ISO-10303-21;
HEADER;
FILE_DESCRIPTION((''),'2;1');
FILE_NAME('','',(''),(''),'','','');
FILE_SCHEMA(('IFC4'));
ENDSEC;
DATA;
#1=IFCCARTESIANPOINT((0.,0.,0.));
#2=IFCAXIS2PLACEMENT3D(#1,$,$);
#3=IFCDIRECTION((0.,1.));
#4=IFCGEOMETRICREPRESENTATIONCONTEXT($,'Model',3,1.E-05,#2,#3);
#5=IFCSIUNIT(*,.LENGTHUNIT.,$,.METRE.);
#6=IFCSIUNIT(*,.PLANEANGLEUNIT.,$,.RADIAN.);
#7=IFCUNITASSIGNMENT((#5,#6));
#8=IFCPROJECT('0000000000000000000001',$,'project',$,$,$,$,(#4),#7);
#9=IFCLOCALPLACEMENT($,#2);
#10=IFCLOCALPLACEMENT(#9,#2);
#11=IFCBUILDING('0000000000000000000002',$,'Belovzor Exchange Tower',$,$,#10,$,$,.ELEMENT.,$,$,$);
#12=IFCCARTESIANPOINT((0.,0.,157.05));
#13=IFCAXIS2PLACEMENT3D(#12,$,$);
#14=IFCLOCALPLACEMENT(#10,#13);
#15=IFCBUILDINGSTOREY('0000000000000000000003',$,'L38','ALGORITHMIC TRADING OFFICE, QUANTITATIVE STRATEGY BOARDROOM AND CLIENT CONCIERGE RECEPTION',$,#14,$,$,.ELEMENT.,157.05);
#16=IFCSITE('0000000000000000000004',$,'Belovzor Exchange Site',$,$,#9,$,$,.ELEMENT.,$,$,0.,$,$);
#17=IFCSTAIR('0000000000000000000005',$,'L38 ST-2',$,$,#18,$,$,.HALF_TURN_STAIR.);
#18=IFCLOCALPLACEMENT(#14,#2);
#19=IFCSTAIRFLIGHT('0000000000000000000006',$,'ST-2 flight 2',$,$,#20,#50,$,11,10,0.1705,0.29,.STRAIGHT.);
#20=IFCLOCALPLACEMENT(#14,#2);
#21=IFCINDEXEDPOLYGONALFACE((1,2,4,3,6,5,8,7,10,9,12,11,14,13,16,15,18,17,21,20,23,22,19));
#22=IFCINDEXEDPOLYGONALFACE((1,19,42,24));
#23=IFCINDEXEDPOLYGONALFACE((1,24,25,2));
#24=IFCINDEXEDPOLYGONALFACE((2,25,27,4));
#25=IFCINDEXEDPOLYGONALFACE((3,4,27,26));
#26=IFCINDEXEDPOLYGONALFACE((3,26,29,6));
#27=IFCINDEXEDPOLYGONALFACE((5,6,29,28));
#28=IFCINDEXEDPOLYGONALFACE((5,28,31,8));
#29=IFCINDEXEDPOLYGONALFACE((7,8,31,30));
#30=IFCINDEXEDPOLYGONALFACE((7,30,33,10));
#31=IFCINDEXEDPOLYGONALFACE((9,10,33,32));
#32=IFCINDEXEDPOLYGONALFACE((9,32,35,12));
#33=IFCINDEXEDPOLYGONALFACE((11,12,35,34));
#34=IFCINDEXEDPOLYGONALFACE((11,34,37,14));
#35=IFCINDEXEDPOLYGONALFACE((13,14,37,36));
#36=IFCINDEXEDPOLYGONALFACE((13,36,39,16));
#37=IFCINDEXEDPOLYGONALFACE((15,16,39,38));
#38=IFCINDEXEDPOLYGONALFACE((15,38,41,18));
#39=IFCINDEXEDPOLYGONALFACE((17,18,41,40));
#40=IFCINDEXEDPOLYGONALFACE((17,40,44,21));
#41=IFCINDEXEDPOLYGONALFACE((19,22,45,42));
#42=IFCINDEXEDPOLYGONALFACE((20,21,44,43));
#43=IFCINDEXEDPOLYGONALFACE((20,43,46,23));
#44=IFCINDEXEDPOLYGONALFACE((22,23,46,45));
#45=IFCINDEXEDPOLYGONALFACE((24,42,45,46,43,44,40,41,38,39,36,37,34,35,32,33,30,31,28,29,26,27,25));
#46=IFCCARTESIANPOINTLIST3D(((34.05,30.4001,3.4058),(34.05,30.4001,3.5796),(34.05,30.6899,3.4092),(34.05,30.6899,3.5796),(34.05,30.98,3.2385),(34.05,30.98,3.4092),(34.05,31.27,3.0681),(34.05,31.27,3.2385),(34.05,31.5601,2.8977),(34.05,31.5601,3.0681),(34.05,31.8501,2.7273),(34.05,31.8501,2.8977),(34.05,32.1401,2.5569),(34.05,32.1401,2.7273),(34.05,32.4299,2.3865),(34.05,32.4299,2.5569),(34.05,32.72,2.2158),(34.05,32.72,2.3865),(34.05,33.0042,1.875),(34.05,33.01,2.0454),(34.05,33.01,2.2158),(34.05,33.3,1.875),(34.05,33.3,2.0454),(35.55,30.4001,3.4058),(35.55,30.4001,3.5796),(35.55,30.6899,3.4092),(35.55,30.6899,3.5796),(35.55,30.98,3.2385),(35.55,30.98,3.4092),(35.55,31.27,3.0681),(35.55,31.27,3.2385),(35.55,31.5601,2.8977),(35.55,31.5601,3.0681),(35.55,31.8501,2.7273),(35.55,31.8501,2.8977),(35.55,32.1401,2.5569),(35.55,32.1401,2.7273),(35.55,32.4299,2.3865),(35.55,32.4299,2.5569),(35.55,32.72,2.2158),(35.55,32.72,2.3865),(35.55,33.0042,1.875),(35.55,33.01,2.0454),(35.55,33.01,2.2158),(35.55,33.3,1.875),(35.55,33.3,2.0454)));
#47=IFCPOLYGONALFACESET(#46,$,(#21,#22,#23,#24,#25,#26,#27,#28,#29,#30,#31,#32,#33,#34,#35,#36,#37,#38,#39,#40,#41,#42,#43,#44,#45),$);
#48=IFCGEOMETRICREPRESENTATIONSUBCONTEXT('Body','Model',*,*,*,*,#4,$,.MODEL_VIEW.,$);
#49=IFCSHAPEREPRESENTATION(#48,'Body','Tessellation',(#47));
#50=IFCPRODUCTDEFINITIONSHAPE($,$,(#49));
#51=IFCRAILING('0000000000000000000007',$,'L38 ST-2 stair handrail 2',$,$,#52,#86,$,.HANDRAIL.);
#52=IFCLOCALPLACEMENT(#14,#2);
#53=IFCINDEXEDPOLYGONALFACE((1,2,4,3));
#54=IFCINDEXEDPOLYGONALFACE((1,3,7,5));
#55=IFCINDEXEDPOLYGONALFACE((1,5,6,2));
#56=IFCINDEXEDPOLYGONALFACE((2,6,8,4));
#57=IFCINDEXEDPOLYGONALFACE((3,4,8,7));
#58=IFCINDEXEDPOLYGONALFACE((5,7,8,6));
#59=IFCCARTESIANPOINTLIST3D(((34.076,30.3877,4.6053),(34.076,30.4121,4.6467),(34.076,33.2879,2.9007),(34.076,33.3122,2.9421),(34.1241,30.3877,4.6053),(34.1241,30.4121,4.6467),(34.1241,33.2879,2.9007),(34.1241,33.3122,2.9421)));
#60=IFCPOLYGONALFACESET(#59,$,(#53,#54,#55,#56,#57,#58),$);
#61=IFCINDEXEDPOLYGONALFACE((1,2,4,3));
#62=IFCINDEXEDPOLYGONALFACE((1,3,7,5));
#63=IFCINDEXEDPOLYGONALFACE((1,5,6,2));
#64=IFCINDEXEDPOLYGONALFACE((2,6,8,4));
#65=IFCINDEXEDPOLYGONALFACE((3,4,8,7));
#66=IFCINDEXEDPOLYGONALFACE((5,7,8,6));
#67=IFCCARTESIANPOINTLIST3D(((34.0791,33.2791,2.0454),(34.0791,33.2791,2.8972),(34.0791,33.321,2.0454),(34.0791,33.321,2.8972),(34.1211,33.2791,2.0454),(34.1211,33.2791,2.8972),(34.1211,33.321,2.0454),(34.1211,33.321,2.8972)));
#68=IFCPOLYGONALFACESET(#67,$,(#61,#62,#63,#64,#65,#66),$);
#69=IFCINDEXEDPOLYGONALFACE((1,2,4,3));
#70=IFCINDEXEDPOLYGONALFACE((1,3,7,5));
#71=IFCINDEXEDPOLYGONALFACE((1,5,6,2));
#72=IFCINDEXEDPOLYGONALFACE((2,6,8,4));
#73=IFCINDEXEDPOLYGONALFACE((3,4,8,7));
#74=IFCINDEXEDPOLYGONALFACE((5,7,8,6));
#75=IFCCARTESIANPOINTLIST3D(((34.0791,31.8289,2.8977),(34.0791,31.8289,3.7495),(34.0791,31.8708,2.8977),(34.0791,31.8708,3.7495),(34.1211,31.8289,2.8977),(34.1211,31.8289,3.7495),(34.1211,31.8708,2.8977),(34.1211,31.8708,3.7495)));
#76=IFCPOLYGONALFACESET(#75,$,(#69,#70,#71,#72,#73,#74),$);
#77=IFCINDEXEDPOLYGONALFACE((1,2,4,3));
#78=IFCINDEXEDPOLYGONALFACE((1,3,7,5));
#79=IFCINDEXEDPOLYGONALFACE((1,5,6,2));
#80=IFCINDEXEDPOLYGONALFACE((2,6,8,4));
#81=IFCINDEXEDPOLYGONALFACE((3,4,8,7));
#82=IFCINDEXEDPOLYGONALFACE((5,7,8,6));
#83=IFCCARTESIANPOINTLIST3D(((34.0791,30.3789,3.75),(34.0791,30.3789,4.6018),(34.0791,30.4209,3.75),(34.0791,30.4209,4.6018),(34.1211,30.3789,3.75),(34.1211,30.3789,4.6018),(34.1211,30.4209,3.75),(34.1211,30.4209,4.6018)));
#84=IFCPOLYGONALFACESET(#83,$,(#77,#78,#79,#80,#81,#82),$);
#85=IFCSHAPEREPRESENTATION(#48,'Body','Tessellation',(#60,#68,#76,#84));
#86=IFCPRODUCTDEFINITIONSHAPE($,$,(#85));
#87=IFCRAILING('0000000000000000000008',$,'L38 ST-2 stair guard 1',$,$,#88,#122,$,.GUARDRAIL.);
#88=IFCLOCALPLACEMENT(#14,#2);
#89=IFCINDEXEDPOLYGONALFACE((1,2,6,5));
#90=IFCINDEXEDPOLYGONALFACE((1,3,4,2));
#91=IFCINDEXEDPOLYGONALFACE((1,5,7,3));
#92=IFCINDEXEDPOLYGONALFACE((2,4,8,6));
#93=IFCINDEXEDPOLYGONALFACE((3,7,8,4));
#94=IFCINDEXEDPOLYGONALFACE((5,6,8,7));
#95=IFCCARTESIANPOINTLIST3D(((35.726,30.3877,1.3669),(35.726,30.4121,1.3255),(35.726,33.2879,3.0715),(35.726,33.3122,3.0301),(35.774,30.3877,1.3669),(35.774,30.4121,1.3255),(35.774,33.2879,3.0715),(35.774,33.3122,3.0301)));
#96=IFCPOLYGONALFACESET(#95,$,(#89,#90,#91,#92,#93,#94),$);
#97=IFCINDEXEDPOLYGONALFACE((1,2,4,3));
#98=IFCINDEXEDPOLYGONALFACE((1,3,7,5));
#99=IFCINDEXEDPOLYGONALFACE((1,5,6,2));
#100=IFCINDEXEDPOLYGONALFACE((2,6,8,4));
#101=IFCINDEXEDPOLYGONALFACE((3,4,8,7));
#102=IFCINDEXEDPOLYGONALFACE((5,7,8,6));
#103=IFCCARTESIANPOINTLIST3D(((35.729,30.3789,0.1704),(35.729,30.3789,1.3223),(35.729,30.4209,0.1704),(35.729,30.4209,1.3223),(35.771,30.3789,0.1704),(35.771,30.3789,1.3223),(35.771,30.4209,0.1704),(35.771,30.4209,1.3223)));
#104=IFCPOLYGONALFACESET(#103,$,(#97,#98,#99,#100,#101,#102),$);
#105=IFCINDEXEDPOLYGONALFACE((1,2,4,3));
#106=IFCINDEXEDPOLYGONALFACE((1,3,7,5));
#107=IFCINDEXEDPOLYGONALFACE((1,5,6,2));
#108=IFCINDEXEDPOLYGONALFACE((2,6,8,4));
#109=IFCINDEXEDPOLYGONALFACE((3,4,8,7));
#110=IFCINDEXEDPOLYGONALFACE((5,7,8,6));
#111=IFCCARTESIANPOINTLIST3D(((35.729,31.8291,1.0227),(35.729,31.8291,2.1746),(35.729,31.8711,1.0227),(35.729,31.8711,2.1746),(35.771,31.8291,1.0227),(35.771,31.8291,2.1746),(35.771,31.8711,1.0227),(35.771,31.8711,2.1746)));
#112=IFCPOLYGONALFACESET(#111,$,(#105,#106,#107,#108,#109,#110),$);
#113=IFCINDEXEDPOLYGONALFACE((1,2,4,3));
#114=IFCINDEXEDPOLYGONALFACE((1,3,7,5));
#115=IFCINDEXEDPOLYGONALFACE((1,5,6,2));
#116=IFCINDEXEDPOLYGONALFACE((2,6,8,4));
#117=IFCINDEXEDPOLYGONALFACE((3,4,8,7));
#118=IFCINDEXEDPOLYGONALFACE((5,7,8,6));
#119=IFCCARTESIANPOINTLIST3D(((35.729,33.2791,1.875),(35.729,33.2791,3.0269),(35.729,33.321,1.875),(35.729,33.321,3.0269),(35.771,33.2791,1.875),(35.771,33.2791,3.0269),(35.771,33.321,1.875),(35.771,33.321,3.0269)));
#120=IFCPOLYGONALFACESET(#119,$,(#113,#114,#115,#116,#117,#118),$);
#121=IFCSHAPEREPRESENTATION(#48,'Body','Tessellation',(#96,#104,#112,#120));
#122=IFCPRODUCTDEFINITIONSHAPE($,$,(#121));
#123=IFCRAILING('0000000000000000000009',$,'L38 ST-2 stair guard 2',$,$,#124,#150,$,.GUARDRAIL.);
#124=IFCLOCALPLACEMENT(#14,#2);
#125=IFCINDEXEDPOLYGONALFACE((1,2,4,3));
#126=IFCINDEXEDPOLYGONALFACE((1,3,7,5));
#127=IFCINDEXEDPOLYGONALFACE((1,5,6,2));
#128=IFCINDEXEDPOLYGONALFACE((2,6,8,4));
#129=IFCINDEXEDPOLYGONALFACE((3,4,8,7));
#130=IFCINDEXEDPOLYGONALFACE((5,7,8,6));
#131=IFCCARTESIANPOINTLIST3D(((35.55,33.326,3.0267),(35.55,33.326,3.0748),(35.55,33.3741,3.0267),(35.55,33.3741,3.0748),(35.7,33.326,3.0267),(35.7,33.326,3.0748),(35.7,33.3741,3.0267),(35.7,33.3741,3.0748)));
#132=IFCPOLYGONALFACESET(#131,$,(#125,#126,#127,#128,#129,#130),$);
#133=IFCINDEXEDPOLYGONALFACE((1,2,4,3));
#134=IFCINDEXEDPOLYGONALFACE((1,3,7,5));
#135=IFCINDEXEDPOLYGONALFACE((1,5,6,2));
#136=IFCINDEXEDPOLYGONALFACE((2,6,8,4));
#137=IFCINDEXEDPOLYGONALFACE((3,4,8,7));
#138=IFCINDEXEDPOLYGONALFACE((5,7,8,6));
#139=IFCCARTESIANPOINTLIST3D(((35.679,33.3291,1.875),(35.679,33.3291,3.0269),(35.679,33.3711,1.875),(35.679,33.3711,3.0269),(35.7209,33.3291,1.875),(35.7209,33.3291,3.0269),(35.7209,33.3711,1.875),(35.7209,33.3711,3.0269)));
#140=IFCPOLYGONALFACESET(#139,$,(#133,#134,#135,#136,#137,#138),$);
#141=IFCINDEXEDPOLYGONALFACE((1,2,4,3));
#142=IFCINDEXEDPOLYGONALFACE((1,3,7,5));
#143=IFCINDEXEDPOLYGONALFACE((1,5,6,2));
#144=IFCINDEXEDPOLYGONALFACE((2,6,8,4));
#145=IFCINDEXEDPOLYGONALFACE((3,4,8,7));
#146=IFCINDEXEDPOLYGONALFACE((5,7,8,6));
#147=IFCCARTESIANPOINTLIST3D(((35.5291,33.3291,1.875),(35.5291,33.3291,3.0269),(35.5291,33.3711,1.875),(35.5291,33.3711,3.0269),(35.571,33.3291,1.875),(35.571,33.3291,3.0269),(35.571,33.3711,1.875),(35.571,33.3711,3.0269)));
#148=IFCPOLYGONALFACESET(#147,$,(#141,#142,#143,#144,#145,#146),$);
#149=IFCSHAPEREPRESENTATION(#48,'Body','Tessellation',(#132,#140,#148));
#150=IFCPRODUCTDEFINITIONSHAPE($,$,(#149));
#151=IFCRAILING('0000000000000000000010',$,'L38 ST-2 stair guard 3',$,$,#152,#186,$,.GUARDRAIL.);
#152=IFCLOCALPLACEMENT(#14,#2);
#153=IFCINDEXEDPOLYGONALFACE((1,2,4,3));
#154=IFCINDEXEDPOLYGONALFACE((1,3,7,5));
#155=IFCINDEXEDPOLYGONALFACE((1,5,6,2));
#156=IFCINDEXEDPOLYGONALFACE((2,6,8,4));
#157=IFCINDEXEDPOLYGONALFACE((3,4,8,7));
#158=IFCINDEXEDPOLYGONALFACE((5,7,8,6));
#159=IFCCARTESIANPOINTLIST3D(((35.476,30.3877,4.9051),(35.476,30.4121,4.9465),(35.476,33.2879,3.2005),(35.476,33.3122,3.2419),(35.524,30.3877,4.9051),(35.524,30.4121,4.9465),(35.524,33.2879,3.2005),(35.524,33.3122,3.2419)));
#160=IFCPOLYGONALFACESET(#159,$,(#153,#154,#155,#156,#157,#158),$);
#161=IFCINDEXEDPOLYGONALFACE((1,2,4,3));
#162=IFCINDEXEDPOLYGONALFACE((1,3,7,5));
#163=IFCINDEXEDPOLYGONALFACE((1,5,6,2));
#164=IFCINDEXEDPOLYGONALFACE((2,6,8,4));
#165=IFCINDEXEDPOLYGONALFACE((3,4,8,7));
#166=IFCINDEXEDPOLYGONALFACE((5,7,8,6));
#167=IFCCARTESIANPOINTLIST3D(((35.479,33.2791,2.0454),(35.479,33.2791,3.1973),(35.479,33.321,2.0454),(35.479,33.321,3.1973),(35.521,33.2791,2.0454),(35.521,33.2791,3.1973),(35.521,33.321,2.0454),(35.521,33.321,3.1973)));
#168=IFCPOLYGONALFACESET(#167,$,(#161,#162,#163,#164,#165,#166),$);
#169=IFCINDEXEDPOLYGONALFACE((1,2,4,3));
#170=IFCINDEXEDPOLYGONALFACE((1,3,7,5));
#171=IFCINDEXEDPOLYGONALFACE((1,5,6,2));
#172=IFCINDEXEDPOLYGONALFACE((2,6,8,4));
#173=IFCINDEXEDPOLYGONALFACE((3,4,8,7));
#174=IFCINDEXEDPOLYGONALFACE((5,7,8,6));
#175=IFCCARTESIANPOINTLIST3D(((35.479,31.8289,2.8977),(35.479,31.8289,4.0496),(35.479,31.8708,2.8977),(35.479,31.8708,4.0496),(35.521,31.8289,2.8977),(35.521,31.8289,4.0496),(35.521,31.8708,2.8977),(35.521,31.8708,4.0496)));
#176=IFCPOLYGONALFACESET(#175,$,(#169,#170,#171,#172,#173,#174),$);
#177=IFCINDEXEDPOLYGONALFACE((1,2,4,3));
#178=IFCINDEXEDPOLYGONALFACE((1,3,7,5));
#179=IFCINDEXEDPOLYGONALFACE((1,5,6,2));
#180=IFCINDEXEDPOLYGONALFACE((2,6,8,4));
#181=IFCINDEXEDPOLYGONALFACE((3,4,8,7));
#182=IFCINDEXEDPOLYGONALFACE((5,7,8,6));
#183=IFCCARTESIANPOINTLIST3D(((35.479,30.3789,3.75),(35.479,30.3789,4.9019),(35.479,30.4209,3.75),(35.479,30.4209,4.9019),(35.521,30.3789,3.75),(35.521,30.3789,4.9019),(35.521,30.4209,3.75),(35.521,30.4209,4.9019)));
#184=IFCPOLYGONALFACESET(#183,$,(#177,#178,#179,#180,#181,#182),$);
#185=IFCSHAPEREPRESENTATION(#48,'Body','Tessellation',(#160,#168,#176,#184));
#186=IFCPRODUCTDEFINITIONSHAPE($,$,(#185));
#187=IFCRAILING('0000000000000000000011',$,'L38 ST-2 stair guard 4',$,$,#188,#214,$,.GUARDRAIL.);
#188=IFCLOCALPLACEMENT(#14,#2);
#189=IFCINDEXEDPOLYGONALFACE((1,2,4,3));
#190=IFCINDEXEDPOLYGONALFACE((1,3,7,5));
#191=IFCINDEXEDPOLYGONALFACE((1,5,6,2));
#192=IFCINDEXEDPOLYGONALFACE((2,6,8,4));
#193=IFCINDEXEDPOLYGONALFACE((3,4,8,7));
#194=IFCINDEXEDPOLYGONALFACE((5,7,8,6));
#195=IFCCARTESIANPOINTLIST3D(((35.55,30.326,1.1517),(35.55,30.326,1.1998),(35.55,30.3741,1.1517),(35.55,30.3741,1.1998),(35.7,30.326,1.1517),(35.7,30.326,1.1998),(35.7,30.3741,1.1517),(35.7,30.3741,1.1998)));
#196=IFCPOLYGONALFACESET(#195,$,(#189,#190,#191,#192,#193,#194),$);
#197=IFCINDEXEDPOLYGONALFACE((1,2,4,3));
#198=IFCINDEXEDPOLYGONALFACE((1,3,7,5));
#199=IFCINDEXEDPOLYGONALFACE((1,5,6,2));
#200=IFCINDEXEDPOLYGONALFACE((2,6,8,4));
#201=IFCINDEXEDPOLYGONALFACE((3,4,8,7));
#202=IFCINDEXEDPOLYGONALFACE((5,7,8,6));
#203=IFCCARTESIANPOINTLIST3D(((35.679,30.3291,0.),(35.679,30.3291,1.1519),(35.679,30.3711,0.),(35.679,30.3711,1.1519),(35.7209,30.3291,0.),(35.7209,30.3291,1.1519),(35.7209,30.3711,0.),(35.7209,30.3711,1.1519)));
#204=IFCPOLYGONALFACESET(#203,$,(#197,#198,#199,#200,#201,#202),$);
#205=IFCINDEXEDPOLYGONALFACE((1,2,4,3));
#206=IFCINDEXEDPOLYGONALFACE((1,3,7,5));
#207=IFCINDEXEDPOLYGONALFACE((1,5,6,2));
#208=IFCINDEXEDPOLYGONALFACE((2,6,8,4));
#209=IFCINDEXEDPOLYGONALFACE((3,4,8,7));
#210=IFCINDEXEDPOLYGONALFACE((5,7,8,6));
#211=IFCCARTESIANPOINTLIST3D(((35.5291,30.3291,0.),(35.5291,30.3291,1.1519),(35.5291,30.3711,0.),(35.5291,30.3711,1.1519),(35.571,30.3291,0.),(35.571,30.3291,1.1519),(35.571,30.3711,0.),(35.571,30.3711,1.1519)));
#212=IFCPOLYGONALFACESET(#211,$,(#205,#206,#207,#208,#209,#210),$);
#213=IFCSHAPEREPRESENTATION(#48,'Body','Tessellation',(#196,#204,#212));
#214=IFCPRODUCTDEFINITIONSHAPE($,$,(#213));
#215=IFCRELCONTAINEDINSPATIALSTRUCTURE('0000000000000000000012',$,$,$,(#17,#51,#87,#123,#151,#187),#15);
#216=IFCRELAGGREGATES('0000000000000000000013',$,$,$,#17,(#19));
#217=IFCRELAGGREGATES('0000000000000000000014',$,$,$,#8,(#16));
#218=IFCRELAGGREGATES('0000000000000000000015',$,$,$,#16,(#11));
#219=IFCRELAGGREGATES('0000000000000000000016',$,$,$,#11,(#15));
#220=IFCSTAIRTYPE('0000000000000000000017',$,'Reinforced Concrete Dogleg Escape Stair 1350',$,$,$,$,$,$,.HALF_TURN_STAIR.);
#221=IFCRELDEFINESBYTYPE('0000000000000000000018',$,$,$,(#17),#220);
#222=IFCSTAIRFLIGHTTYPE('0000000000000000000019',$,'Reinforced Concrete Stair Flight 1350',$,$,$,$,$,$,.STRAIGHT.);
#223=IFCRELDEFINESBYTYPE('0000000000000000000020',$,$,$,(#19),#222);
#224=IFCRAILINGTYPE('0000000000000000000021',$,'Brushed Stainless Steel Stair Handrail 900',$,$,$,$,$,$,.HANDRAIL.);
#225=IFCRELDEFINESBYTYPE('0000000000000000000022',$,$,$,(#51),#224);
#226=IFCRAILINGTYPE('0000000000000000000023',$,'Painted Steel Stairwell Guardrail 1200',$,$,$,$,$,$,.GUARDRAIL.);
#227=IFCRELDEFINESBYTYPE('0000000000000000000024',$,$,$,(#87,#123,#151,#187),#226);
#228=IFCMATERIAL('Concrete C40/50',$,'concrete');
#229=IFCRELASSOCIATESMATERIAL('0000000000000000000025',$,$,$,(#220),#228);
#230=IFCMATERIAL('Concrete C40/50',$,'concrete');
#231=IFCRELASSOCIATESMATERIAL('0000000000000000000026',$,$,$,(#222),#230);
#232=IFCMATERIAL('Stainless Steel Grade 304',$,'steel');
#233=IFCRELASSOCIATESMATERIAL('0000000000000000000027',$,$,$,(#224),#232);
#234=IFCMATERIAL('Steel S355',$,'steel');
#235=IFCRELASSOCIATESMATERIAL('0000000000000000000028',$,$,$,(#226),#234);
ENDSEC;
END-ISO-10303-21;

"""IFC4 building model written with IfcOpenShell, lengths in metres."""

from ifc_helpers import new_model, si_unit, direction, frame, origin, origin_2d, place, context, subcontext, project, spatial, polyline, rectangle, outline, extrude, material, type_object, element, aggregate, save


model = new_model("IFC4")

# Units and contexts
model_context = context("Model", 3, precision=1e-05, world=origin(), true_north=direction((0.0, 1.0)))
body_context = subcontext(model_context, "Body", "Model", "MODEL_VIEW")
ifc_project = project(units=[si_unit("LENGTHUNIT", "METRE"), si_unit("PLANEANGLEUNIT", "RADIAN")], contexts=[model_context])

# Site, building, storey
site_placement = place(None, origin())
site = spatial("IfcSite", under=ifc_project, at=site_placement, Name="Belovzor Exchange Site", CompositionType="ELEMENT", RefElevation=0.0)
building_placement = place(site_placement, origin())
building = spatial("IfcBuilding", under=site, at=building_placement, Name="Belovzor Exchange Tower", CompositionType="ELEMENT")
storey_placement = place(building_placement, frame((0.0, 0.0, 157.05)))
storey = spatial("IfcBuildingStorey", under=building, at=storey_placement, Name="L38", Description="ALGORITHMIC TRADING OFFICE, QUANTITATIVE STRATEGY BOARDROOM AND CLIENT CONCIERGE RECEPTION", CompositionType="ELEMENT", Elevation=157.05)

# Stair, stair flight
ifc_material_1 = material(Name="Concrete C40/50", Category="concrete")
stair_type = type_object("IfcStairType", Name="Reinforced Concrete Dogleg Escape Stair 1350", PredefinedType="HALF_TURN_STAIR", material=ifc_material_1)
stair_placement = place(storey_placement, origin())
stair = element("IfcStair", 1, at=stair_placement, inside=storey, type_object=stair_type, Name="L38 ST-2", PredefinedType="HALF_TURN_STAIR")
ifc_material_2 = material(Name="Concrete C40/50", Category="concrete")
stair_flight_type = type_object("IfcStairFlightType", Name="Reinforced Concrete Stair Flight 1350", PredefinedType="STRAIGHT", material=ifc_material_2)
stair_flight_placement = place(storey_placement, frame((34.8, 33.3, 1.875), z_axis=(0.0, 0.0, 1.0), x_axis=(0.0, -1.0, 0.0)))
stair_flight = element("IfcStairFlight", 2, at=stair_flight_placement, type_object=stair_flight_type, Name="ST-2 flight 2", NumberOfRisers=11, NumberOfTreads=10, PredefinedType="STRAIGHT", RiserHeight=0.1705, TreadLength=0.29, context=body_context, shape_type="SweptSolid", body=[
    extrude(outline(polyline([(0.0, 0.0), (0.0, 0.1704), (0.29, 0.1704), (0.29, 0.3408), (0.5801, 0.3408), (0.5801, 0.5115), (0.8701, 0.5115), (0.8701, 0.6819), (1.1599, 0.6819), (1.1599, 0.8523), (1.45, 0.8523), (1.45, 1.0227), (1.74, 1.0227), (1.74, 1.1931), (2.03, 1.1931), (2.03, 1.3635), (2.3201, 1.3635), (2.3201, 1.5342), (2.6101, 1.5342), (2.6101, 1.7046), (2.8999, 1.7046), (2.8999, 1.875), (2.8999, 1.5308), (0.2959, 0.0), (0.0, 0.0)])), frame((0.0, 0.75, 0.0), z_axis=(0.0, -1.0, 0.0), x_axis=(1.0, 0.0, 0.0)), (0.0, 0.0, 1.0), 1.5),
])
aggregate(stair, [stair_flight])

# Railings
ifc_material_3 = material(Name="Stainless Steel Grade 304", Category="steel")
railing_type_1 = type_object("IfcRailingType", Name="Brushed Stainless Steel Stair Handrail 900", PredefinedType="HANDRAIL", material=ifc_material_3)
railing_1_placement = place(storey_placement, frame((34.1001, 33.3, 2.0454)))
element("IfcRailing", 3, at=railing_1_placement, inside=storey, type_object=railing_type_1, Name="L38 ST-2 stair handrail 2", PredefinedType="HANDRAIL", context=body_context, shape_type="SweptSolid", body=[
    extrude(rectangle(XDim=0.0481, YDim=0.0481, at=origin_2d()), frame((0.0, 0.0, 0.876), z_axis=(0.0, -0.862113, 0.506716), x_axis=(1.0, 0.0, 0.0)), (0.0, 0.0, 1.0), 3.364),
    extrude(rectangle(XDim=0.042, YDim=0.042, at=origin_2d()), origin(), (0.0, 0.0, 1.0), 0.8518),
    extrude(rectangle(XDim=0.042, YDim=0.042, at=origin_2d()), frame((0.0, -1.4502, 0.8523)), (0.0, 0.0, 1.0), 0.8518),
    extrude(rectangle(XDim=0.042, YDim=0.042, at=origin_2d()), frame((0.0, -2.9001, 1.7046)), (0.0, 0.0, 1.0), 0.8518),
])
ifc_material_4 = material(Name="Steel S355", Category="steel")
railing_type_2 = type_object("IfcRailingType", Name="Painted Steel Stairwell Guardrail 1200", PredefinedType="GUARDRAIL", material=ifc_material_4)
railing_2_placement = place(storey_placement, frame((35.75, 30.3999, 0.1704)))
element("IfcRailing", 4, at=railing_2_placement, inside=storey, type_object=railing_type_2, Name="L38 ST-2 stair guard 1", PredefinedType="GUARDRAIL", context=body_context, shape_type="SweptSolid", body=[
    extrude(rectangle(XDim=0.0481, YDim=0.0481, at=origin_2d()), frame((0.0, 0.0, 1.1758), z_axis=(0.0, 0.862113, 0.506716), x_axis=(-1.0, 0.0, 0.0)), (0.0, 0.0, 1.0), 3.364),
    extrude(rectangle(XDim=0.042, YDim=0.042, at=origin_2d()), origin(), (0.0, 0.0, 1.0), 1.1519),
    extrude(rectangle(XDim=0.042, YDim=0.042, at=origin_2d()), frame((0.0, 1.4502, 0.8523)), (0.0, 0.0, 1.0), 1.1519),
    extrude(rectangle(XDim=0.042, YDim=0.042, at=origin_2d()), frame((0.0, 2.9001, 1.7046)), (0.0, 0.0, 1.0), 1.1519),
])
railing_3_placement = place(storey_placement, frame((35.7, 33.3501, 1.875)))
element("IfcRailing", 5, at=railing_3_placement, inside=storey, type_object=railing_type_2, Name="L38 ST-2 stair guard 2", PredefinedType="GUARDRAIL", context=body_context, shape_type="SweptSolid", body=[
    extrude(rectangle(XDim=0.0481, YDim=0.0481, at=origin_2d()), frame((0.0, 0.0, 1.1758), z_axis=(-1.0, 0.0, 0.0), x_axis=(0.0, -1.0, 0.0)), (0.0, 0.0, 1.0), 0.1499),
    extrude(rectangle(XDim=0.042, YDim=0.042, at=origin_2d()), origin(), (0.0, 0.0, 1.0), 1.1519),
    extrude(rectangle(XDim=0.042, YDim=0.042, at=origin_2d()), frame((-0.1499, 0.0, 0.0)), (0.0, 0.0, 1.0), 1.1519),
])
railing_4_placement = place(storey_placement, frame((35.5, 33.3, 2.0454)))
element("IfcRailing", 6, at=railing_4_placement, inside=storey, type_object=railing_type_2, Name="L38 ST-2 stair guard 3", PredefinedType="GUARDRAIL", context=body_context, shape_type="SweptSolid", body=[
    extrude(rectangle(XDim=0.0481, YDim=0.0481, at=origin_2d()), frame((0.0, 0.0, 1.1758), z_axis=(0.0, -0.862113, 0.506716), x_axis=(1.0, 0.0, 0.0)), (0.0, 0.0, 1.0), 3.364),
    extrude(rectangle(XDim=0.042, YDim=0.042, at=origin_2d()), origin(), (0.0, 0.0, 1.0), 1.1519),
    extrude(rectangle(XDim=0.042, YDim=0.042, at=origin_2d()), frame((0.0, -1.4502, 0.8523)), (0.0, 0.0, 1.0), 1.1519),
    extrude(rectangle(XDim=0.042, YDim=0.042, at=origin_2d()), frame((0.0, -2.9001, 1.7046)), (0.0, 0.0, 1.0), 1.1519),
])
railing_5_placement = place(storey_placement, frame((35.7, 30.3501, 0.0)))
element("IfcRailing", 7, at=railing_5_placement, inside=storey, type_object=railing_type_2, Name="L38 ST-2 stair guard 4", PredefinedType="GUARDRAIL", context=body_context, shape_type="SweptSolid", body=[
    extrude(rectangle(XDim=0.0481, YDim=0.0481, at=origin_2d()), frame((0.0, 0.0, 1.1758), z_axis=(-1.0, 0.0, 0.0), x_axis=(0.0, -1.0, 0.0)), (0.0, 0.0, 1.0), 0.1499),
    extrude(rectangle(XDim=0.042, YDim=0.042, at=origin_2d()), origin(), (0.0, 0.0, 1.0), 1.1519),
    extrude(rectangle(XDim=0.042, YDim=0.042, at=origin_2d()), frame((-0.1499, 0.0, 0.0)), (0.0, 0.0, 1.0), 1.1519),
])

save(model, "model.ifc")
